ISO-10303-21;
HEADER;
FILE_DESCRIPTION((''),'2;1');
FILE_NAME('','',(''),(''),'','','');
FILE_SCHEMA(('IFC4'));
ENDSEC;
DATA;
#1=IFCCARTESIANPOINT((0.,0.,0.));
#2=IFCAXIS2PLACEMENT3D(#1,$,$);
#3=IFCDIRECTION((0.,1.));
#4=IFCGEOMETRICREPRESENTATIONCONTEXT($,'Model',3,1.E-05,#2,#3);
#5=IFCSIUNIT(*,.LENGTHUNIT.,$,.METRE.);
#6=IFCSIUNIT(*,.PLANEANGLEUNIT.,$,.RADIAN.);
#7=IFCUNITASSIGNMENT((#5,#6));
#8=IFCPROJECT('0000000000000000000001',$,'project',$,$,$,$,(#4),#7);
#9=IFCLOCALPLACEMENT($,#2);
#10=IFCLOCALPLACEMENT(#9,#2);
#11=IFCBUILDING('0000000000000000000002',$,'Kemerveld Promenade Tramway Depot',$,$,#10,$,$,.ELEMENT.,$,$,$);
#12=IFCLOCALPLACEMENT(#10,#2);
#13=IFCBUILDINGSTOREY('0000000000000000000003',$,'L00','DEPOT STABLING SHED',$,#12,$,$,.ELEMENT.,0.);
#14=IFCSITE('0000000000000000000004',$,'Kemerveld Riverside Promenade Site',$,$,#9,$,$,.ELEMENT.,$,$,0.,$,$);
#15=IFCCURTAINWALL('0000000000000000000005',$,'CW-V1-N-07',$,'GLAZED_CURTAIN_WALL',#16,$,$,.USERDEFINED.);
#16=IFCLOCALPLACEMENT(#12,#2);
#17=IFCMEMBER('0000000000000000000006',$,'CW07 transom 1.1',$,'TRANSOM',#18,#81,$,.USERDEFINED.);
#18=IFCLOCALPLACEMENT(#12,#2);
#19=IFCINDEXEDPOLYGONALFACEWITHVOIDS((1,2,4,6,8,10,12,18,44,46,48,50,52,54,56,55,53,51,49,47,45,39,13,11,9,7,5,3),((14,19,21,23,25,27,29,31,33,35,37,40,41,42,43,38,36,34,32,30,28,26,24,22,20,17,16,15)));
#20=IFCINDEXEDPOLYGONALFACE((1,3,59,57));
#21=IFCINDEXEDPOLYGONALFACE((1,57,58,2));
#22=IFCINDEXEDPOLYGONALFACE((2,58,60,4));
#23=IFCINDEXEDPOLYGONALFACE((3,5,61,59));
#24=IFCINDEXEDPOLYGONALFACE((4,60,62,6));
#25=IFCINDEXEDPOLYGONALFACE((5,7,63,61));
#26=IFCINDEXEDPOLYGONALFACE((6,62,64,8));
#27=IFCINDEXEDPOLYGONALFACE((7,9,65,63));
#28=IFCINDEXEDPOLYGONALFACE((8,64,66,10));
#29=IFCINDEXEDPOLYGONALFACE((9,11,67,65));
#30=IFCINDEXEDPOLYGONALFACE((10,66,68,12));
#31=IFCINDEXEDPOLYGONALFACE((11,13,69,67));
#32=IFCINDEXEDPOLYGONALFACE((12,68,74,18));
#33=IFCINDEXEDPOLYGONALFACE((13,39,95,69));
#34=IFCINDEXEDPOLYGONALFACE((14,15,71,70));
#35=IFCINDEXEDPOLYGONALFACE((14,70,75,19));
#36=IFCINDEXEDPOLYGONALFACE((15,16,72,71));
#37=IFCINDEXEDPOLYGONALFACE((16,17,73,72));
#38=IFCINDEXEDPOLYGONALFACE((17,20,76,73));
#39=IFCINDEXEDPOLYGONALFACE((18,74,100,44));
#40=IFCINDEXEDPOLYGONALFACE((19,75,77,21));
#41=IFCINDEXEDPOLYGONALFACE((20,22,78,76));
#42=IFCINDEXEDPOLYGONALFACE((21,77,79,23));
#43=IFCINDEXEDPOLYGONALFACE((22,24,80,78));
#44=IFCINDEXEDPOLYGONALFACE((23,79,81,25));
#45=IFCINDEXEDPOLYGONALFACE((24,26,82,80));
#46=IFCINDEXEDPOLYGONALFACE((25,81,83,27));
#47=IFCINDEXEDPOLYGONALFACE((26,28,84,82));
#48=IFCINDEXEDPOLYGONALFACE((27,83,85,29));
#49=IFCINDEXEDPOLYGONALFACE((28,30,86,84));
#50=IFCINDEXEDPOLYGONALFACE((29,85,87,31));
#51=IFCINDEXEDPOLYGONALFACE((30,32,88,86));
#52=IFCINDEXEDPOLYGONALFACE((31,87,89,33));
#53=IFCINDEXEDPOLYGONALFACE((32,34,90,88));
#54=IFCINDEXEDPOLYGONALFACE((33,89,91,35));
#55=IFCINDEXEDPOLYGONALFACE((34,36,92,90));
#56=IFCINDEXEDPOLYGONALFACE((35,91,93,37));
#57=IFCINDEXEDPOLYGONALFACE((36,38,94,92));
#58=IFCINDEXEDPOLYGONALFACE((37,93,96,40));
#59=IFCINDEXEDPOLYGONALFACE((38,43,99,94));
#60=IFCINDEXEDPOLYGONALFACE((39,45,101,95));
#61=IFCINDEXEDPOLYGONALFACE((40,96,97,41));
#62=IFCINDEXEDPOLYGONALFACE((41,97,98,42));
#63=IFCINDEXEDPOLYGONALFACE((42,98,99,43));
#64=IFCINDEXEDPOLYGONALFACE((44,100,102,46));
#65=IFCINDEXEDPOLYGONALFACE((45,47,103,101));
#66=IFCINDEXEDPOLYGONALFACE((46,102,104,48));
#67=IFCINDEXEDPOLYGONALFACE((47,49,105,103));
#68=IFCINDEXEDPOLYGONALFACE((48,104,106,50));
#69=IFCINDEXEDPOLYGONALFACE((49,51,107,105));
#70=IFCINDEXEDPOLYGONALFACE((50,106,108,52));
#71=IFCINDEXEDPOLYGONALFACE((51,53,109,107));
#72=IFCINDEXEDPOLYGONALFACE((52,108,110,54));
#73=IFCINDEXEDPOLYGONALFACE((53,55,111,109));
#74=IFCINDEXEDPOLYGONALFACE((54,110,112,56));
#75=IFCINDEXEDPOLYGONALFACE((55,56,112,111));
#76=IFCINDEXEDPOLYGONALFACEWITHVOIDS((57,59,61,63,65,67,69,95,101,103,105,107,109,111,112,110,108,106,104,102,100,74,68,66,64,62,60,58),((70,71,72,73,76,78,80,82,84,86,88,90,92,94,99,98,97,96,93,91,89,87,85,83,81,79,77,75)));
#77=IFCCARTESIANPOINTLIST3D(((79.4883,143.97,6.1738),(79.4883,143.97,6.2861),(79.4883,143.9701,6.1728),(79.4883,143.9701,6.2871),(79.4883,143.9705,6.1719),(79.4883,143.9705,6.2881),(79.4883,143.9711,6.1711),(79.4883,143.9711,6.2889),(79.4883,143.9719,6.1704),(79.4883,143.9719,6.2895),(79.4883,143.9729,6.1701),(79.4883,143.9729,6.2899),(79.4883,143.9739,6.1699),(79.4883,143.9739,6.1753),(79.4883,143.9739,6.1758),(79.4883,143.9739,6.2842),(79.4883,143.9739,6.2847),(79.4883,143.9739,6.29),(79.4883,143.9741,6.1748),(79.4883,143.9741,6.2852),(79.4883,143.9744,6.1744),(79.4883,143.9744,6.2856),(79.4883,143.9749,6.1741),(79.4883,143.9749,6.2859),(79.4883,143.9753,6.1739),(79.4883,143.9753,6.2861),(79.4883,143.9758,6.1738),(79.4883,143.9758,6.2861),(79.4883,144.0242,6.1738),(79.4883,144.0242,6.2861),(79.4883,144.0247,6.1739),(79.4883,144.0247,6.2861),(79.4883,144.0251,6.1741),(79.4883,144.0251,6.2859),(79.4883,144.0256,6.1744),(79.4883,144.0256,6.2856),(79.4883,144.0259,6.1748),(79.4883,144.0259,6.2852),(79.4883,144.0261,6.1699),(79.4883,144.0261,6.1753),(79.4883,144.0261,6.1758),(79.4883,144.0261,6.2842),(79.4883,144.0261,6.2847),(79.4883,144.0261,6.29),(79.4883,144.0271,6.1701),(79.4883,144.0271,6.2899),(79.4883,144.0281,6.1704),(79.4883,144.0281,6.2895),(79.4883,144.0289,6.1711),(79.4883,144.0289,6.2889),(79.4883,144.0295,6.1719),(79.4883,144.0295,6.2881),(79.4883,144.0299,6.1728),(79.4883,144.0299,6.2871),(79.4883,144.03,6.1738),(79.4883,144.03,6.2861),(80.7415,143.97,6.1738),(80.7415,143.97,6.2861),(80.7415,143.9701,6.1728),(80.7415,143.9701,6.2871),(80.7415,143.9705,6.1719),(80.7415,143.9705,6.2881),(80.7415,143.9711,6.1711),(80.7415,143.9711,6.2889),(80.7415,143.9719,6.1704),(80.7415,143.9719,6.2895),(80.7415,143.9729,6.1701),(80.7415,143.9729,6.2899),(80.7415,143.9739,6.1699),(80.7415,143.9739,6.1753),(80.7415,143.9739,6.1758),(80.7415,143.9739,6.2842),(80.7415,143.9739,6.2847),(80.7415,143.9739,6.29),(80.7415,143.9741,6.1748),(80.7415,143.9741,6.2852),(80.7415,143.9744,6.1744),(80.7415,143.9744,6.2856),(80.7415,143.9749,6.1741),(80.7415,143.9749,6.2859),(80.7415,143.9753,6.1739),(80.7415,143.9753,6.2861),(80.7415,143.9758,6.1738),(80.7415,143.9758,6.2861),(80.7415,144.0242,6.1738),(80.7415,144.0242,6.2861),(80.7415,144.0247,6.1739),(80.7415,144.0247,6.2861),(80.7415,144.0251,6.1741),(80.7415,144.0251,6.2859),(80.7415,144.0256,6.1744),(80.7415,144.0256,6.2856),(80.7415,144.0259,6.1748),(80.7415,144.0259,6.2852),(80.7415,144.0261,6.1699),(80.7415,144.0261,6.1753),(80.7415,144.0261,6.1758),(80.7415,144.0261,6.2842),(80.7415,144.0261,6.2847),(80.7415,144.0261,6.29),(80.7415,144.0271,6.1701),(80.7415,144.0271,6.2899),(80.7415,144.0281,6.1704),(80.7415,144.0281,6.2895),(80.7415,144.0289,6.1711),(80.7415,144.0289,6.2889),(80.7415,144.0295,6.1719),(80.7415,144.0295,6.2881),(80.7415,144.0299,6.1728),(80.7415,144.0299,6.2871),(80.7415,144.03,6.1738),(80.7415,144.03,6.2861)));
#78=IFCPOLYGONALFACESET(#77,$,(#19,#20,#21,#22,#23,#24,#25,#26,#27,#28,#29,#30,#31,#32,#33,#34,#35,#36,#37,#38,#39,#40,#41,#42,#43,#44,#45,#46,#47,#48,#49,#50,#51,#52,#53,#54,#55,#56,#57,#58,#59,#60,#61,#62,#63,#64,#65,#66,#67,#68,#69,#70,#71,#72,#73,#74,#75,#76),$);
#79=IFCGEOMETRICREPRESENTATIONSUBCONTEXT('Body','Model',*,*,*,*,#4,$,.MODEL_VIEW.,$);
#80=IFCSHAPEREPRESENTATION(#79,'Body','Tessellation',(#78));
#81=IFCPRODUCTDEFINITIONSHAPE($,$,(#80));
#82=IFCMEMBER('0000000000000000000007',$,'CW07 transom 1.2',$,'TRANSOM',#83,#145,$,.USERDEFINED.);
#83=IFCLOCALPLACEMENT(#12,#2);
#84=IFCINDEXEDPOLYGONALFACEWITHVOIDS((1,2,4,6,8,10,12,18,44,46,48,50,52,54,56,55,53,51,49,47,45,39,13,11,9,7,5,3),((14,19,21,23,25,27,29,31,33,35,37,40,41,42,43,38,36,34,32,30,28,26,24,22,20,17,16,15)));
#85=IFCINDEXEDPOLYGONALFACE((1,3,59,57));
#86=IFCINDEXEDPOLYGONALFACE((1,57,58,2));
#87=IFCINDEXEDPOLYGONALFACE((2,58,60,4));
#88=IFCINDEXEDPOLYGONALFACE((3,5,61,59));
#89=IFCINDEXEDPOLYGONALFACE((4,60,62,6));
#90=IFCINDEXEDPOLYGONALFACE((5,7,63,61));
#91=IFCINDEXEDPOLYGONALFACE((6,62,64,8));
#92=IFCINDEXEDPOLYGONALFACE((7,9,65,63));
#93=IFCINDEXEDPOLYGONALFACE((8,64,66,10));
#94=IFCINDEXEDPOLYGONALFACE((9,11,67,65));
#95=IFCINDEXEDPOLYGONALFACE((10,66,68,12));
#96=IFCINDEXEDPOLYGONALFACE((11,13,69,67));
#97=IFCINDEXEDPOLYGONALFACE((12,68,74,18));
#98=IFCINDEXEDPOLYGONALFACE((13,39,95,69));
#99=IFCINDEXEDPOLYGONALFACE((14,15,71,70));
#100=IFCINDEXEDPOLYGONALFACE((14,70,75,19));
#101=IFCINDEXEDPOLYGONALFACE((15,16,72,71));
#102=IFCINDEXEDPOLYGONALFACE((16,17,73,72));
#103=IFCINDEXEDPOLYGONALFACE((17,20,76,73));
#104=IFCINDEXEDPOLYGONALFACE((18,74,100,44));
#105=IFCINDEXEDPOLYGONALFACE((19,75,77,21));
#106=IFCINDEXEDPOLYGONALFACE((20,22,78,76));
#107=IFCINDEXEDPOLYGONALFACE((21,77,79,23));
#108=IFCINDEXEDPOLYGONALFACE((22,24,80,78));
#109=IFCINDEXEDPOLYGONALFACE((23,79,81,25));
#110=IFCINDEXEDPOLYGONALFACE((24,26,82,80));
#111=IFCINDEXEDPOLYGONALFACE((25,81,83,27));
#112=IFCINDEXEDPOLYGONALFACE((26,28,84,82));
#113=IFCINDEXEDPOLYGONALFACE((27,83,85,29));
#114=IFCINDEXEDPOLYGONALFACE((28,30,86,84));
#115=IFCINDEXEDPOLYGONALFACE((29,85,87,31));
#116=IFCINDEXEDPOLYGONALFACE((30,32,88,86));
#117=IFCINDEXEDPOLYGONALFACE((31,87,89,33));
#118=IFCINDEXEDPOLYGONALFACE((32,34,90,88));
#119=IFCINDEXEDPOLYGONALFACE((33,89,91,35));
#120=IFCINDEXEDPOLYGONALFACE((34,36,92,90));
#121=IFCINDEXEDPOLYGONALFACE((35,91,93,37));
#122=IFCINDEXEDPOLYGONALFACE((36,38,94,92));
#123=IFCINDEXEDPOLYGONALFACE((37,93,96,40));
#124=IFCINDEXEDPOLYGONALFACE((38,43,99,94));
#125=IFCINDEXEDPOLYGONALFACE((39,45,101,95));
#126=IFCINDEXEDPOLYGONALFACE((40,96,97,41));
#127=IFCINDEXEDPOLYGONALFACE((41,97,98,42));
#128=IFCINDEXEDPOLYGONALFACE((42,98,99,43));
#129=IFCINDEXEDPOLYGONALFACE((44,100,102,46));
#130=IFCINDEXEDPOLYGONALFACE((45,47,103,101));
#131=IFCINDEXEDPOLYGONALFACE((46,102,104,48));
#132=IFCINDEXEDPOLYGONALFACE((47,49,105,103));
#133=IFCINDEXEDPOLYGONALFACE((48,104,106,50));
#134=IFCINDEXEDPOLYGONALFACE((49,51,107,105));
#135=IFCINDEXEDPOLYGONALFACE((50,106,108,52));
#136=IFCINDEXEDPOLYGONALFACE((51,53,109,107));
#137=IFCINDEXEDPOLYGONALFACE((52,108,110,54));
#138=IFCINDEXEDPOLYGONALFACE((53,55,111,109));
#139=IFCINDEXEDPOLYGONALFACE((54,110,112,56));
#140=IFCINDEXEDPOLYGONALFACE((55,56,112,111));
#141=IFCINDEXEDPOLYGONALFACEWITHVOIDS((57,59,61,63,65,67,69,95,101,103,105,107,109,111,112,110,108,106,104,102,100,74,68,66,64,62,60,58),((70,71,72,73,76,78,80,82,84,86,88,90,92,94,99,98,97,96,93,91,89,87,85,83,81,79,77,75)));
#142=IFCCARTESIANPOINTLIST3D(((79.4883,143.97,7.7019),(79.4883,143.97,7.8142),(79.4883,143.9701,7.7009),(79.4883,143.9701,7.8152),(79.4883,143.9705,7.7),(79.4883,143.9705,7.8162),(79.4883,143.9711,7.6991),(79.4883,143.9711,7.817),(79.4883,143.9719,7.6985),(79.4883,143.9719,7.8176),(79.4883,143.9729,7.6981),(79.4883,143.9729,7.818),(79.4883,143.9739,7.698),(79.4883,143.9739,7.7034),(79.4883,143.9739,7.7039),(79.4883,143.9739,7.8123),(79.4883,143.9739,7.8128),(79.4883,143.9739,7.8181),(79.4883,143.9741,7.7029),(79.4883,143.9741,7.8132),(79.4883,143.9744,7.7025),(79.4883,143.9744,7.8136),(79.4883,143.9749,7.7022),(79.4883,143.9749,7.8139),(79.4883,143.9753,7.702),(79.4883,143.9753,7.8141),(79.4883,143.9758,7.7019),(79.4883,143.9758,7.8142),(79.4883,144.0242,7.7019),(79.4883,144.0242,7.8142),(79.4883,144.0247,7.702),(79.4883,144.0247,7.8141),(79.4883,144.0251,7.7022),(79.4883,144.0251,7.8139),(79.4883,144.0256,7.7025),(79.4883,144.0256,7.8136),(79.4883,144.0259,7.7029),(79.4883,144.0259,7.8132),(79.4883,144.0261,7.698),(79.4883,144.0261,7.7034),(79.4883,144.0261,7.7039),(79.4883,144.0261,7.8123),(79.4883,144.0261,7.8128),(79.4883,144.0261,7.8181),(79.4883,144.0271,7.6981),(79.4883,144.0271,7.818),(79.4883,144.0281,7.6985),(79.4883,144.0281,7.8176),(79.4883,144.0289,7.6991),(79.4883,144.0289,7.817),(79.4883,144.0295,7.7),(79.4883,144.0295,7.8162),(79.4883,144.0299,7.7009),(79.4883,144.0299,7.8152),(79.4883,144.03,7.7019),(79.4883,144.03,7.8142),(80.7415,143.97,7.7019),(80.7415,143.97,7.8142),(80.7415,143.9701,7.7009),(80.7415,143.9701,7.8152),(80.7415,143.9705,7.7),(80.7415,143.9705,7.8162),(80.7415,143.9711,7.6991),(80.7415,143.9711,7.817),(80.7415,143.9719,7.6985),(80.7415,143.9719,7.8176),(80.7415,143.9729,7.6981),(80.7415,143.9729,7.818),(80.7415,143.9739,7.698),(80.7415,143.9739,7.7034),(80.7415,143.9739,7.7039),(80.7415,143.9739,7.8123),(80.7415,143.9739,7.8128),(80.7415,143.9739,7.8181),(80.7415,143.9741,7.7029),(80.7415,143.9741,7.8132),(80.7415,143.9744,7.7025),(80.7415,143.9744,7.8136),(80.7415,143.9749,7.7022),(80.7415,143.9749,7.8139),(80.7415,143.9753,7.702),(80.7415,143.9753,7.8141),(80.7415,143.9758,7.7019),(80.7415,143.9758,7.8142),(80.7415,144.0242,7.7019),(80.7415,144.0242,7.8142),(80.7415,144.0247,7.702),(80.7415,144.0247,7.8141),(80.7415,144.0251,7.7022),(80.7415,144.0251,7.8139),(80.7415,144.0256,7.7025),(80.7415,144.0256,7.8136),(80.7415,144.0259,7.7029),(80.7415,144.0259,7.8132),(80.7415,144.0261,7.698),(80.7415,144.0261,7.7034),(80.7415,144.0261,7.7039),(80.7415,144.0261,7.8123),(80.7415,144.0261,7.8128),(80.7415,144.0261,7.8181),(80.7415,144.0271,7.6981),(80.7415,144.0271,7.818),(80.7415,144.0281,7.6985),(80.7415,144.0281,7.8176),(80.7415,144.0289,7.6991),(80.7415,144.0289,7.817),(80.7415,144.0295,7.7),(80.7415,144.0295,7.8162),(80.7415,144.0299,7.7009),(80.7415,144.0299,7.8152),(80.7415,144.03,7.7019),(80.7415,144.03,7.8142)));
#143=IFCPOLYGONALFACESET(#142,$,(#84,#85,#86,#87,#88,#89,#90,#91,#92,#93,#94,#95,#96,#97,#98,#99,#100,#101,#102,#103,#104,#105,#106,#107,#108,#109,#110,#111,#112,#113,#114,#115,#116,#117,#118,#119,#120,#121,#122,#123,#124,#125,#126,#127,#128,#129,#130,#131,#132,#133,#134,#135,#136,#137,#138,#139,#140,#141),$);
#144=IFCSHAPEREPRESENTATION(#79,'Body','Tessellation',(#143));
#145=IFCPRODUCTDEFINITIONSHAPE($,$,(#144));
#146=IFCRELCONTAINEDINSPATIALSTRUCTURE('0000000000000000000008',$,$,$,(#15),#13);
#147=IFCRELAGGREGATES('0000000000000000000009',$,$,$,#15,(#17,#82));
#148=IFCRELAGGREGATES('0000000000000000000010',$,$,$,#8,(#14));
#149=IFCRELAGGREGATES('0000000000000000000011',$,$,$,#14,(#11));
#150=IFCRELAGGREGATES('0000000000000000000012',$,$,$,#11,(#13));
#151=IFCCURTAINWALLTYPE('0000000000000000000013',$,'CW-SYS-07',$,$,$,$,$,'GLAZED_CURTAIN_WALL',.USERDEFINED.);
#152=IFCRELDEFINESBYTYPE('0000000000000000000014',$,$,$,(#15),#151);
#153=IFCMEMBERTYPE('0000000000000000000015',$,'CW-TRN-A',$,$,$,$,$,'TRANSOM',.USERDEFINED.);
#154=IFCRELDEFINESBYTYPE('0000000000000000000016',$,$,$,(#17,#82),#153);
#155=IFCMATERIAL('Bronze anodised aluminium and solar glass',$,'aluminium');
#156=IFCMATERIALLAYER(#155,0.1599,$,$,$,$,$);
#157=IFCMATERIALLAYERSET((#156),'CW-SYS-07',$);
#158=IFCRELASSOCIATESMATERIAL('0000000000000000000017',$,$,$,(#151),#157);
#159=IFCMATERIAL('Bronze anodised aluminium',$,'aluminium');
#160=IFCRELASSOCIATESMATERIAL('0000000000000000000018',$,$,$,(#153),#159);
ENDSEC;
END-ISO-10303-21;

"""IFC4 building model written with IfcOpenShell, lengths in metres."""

from ifc_helpers import new_model, si_unit, direction, frame, origin, origin_2d, place, context, subcontext, project, spatial, hollow_rectangle, extrude, material, layer, layer_set, material_profile, profile_set, type_object, element, aggregate, save


model = new_model("IFC4")

# Units and contexts
model_context = context("Model", 3, precision=1e-05, world=origin(), true_north=direction((0.0, 1.0)))
body_context = subcontext(model_context, "Body", "Model", "MODEL_VIEW")
ifc_project = project(units=[si_unit("LENGTHUNIT", "METRE"), si_unit("PLANEANGLEUNIT", "RADIAN")], contexts=[model_context])

# Site, building, storey
site_placement = place(None, origin())
site = spatial("IfcSite", under=ifc_project, at=site_placement, Name="Kemerveld Riverside Promenade Site", CompositionType="ELEMENT", RefElevation=0.0)
building_placement = place(site_placement, origin())
building = spatial("IfcBuilding", under=site, at=building_placement, Name="Kemerveld Promenade Tramway Depot", CompositionType="ELEMENT")
storey_placement = place(building_placement, origin())
storey = spatial("IfcBuildingStorey", under=building, at=storey_placement, Name="L00", Description="DEPOT STABLING SHED", CompositionType="ELEMENT", Elevation=0.0)

# Curtain wall
ifc_material_1 = material(Name="Bronze anodised aluminium and solar glass", Category="aluminium")
ifc_layer_1 = layer(ifc_material_1, 0.1599)
ifc_layer_set_1 = layer_set([ifc_layer_1], Name="CW-SYS-07")
curtain_wall_type_1 = type_object("IfcCurtainWallType", Name="CW-SYS-07", ElementType="GLAZED_CURTAIN_WALL", PredefinedType="USERDEFINED", material=ifc_layer_set_1)
curtain_wall_1_placement = place(storey_placement, origin())
curtain_wall_1 = element("IfcCurtainWall", 1, at=curtain_wall_1_placement, inside=storey, type_object=curtain_wall_type_1, Name="CW-V1-N-07", ObjectType="GLAZED_CURTAIN_WALL", PredefinedType="USERDEFINED")
ifc_material_2 = material(Name="Bronze anodised aluminium", Category="aluminium")

# Members
ifc_material_profile_1 = material_profile(ifc_material_2, hollow_rectangle(XDim=0.0601, YDim=0.1201, WallThickness=0.0039, InnerFilletRadius=0.002, OuterFilletRadius=0.0039, at=origin_2d()), Name="CW-TRN-120x60")
ifc_profile_set_1 = profile_set([ifc_material_profile_1], Name="Bronze anodised aluminium")
member_type_1 = type_object("IfcMemberType", Name="CW-TRN-A", ElementType="TRANSOM", PredefinedType="USERDEFINED", material=ifc_profile_set_1)
member_1_placement = place(storey_placement, frame((79.4883, 144.0, 6.23), z_axis=(1.0, 0.0, 0.0), x_axis=(0.0, 1.0, 0.0)))
member_1 = element("IfcMember", 2, at=member_1_placement, type_object=member_type_1, Name="CW07 transom 1.1", ObjectType="TRANSOM", PredefinedType="USERDEFINED", context=body_context, shape_type="SweptSolid", body=[
    extrude(hollow_rectangle(XDim=0.0601, YDim=0.1201, WallThickness=0.0039, InnerFilletRadius=0.002, OuterFilletRadius=0.0039, at=origin_2d()), origin(), (0.0, 0.0, 1.0), 1.2532),
])
member_2_placement = place(storey_placement, frame((79.4883, 144.0, 7.7581), z_axis=(1.0, 0.0, 0.0), x_axis=(0.0, 1.0, 0.0)))
member_2 = element("IfcMember", 3, at=member_2_placement, type_object=member_type_1, Name="CW07 transom 1.2", ObjectType="TRANSOM", PredefinedType="USERDEFINED", context=body_context, shape_type="SweptSolid", body=[
    extrude(hollow_rectangle(XDim=0.0601, YDim=0.1201, WallThickness=0.0039, InnerFilletRadius=0.002, OuterFilletRadius=0.0039, at=origin_2d()), origin(), (0.0, 0.0, 1.0), 1.2532),
])

aggregate(curtain_wall_1, [member_1, member_2])

save(model, "model.ifc")
